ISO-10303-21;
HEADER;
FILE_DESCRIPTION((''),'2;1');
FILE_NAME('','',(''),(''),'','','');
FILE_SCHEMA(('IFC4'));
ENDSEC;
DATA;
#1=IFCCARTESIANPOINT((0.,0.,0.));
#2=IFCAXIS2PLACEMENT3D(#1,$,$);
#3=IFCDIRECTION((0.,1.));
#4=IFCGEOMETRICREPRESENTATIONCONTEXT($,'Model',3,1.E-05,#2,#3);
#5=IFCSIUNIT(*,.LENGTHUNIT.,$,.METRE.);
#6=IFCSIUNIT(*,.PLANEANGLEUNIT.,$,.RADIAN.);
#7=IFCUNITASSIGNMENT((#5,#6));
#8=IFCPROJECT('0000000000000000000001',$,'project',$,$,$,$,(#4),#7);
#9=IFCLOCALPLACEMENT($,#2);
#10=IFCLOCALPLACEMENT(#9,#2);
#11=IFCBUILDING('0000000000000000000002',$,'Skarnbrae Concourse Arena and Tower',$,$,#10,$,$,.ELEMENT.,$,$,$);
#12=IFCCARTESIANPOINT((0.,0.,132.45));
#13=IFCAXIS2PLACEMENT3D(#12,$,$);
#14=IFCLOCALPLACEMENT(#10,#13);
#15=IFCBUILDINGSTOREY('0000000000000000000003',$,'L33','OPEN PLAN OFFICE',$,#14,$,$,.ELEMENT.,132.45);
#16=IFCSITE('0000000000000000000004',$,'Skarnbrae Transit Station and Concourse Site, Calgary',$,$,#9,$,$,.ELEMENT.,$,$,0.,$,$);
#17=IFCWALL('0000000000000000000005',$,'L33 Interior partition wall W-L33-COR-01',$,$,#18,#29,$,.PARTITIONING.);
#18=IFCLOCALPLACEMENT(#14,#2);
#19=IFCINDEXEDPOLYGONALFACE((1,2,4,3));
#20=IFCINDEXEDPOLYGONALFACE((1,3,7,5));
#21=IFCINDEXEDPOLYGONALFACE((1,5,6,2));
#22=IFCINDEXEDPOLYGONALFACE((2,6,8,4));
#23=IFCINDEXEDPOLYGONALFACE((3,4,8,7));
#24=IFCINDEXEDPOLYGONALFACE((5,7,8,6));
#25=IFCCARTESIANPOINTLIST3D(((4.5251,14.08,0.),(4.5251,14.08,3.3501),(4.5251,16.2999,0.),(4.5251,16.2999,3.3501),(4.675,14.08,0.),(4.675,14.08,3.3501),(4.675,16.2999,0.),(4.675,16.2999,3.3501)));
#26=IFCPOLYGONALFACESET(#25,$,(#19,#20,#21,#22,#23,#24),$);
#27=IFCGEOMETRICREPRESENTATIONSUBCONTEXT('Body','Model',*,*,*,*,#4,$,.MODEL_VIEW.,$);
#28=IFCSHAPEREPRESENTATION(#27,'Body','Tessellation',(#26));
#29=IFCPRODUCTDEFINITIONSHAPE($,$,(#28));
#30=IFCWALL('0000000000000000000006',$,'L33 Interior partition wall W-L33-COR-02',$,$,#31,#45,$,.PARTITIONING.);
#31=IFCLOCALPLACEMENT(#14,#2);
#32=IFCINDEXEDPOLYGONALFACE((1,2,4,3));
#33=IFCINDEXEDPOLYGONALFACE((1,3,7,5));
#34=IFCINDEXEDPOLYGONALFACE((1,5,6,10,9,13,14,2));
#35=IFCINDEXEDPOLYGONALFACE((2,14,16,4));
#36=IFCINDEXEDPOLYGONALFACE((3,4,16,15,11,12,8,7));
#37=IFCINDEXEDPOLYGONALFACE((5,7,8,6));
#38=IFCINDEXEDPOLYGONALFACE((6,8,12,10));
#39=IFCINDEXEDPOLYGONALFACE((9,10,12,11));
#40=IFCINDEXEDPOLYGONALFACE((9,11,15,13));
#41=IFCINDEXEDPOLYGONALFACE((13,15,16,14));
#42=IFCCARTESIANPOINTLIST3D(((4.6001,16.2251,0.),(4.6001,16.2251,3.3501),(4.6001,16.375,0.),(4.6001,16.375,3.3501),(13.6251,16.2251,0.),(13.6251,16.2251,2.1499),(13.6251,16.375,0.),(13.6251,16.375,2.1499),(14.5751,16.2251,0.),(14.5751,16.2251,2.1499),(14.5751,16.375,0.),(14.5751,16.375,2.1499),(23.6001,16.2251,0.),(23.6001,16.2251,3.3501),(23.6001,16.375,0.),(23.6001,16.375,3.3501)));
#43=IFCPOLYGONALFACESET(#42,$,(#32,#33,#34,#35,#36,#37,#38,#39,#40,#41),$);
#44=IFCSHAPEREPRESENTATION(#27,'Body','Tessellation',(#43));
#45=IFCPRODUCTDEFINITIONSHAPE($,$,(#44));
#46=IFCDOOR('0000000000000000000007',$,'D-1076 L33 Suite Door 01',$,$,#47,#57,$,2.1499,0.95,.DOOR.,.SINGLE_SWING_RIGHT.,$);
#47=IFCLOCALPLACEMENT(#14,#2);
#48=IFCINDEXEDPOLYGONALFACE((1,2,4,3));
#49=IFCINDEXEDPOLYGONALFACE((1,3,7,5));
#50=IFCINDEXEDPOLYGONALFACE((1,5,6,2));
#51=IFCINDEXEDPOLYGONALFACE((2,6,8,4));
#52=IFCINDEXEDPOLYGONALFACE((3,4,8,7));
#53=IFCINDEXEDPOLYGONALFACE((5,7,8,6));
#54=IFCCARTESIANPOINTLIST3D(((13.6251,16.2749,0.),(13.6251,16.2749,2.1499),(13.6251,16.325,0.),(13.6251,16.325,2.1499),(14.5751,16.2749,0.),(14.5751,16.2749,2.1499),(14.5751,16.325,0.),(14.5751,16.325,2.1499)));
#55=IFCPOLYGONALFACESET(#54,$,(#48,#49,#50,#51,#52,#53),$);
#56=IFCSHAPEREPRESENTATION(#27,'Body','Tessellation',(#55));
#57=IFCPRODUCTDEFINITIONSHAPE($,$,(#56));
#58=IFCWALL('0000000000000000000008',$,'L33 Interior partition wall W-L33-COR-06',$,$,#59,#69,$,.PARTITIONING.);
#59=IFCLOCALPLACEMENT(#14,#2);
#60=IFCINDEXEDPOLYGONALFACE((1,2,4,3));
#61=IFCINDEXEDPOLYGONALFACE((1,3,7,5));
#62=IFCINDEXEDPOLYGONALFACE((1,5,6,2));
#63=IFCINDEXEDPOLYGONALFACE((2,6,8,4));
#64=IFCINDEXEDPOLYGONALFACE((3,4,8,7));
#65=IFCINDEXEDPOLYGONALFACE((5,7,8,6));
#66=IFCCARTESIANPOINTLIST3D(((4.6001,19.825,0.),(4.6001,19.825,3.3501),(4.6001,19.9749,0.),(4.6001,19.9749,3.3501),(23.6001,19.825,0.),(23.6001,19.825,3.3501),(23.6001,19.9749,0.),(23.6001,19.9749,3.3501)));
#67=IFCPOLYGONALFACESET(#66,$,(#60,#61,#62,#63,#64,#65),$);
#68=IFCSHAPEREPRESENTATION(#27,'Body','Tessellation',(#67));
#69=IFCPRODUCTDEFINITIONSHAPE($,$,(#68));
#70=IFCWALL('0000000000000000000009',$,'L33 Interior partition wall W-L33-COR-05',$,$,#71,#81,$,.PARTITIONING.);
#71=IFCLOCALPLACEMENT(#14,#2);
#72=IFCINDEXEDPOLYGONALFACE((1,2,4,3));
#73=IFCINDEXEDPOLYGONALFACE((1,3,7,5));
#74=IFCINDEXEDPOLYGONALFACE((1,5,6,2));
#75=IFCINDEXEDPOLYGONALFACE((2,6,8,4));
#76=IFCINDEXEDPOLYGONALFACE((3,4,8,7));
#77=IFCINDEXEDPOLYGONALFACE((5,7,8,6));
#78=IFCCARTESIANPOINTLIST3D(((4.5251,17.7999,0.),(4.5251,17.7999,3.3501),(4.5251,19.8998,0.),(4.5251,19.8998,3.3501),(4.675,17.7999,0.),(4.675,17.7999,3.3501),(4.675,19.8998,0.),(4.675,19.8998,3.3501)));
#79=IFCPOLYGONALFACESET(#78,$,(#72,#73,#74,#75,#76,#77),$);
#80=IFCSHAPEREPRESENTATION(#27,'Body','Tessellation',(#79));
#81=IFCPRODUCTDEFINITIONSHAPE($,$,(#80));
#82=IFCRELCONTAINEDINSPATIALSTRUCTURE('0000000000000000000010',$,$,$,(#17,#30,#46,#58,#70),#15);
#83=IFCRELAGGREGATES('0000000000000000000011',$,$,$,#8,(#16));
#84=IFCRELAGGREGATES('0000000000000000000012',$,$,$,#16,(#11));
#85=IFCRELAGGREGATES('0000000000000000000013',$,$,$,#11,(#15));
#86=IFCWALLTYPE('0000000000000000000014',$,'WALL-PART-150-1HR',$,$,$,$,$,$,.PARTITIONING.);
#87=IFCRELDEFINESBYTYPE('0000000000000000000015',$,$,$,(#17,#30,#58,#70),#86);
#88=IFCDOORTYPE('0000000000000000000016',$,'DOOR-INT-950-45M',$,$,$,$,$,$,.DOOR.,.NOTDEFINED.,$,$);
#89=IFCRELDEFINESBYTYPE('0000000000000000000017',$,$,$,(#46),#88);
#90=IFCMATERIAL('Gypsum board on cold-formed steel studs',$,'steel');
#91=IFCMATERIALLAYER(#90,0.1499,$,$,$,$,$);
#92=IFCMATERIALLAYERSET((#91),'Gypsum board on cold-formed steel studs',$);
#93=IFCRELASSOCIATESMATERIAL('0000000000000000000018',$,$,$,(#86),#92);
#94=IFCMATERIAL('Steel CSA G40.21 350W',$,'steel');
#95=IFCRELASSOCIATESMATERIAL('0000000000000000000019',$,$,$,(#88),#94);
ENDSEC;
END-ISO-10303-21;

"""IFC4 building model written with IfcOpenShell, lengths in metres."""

from ifc_helpers import new_model, si_unit, direction, frame, frame_2d, origin, place, context, subcontext, project, spatial, rectangle, extrude, source, transform, mapped, material, layer, layer_set, type_object, element, fill, save


model = new_model("IFC4")

# Units and contexts
model_context = context("Model", 3, precision=1e-05, world=origin(), true_north=direction((0.0, 1.0)))
body_context = subcontext(model_context, "Body", "Model", "MODEL_VIEW")
ifc_project = project(units=[si_unit("LENGTHUNIT", "METRE"), si_unit("PLANEANGLEUNIT", "RADIAN")], contexts=[model_context])

# Site, building, storey
site_placement = place(None, origin())
site = spatial("IfcSite", under=ifc_project, at=site_placement, Name="Skarnbrae Transit Station and Concourse Site, Calgary", CompositionType="ELEMENT", RefElevation=0.0)
building_placement = place(site_placement, origin())
building = spatial("IfcBuilding", under=site, at=building_placement, Name="Skarnbrae Concourse Arena and Tower", CompositionType="ELEMENT")
storey_placement = place(building_placement, frame((0.0, 0.0, 132.45)))
storey = spatial("IfcBuildingStorey", under=building, at=storey_placement, Name="L33", Description="OPEN PLAN OFFICE", CompositionType="ELEMENT", Elevation=132.45)

# Shared definitions
ifc_material_1 = material(Name="Steel CSA G40.21 350W", Category="steel")

# Wall
ifc_material_2 = material(Name="Gypsum board on cold-formed steel studs", Category="steel")
ifc_layer_1 = layer(ifc_material_2, 0.1499)
ifc_layer_set_1 = layer_set([ifc_layer_1], Name="Gypsum board on cold-formed steel studs")
wall_type_1 = type_object("IfcWallType", Name="WALL-PART-150-1HR", PredefinedType="PARTITIONING", material=ifc_layer_set_1)
shared_shape_1 = source(origin(), body_context, "Body", "SweptSolid", [
    extrude(rectangle(XDim=2.22, YDim=0.1499, at=frame_2d((1.1099, 0.0))), origin(), (0.0, 0.0, 1.0), 3.3501),
])
wall_1_placement = place(storey_placement, frame((4.6001, 14.0801, 0.0), z_axis=(0.0, 0.0, 1.0), x_axis=(0.0, 1.0, 0.0)))
element("IfcWall", 1, at=wall_1_placement, inside=storey, type_object=wall_type_1, Name="L33 Interior partition wall W-L33-COR-01", PredefinedType="PARTITIONING", context=body_context, shape_type="MappedRepresentation", body=[
    mapped(shared_shape_1, transform((0.0, 0.0, 0.0))),
])

# Wall, opening, door
shared_shape_2 = source(origin(), body_context, "Body", "SweptSolid", [
    extrude(rectangle(XDim=19.0, YDim=0.1499, at=frame_2d((9.5, 0.0))), origin(), (0.0, 0.0, 1.0), 3.3501),
])
wall_2_placement = place(storey_placement, frame((4.6001, 16.3, 0.0), z_axis=(0.0, 0.0, 1.0), x_axis=(1.0, 0.0, 0.0)))
wall_2 = element("IfcWall", 2, at=wall_2_placement, inside=storey, type_object=wall_type_1, Name="L33 Interior partition wall W-L33-COR-02", PredefinedType="PARTITIONING", context=body_context, shape_type="MappedRepresentation", body=[
    mapped(shared_shape_2, transform((0.0, 0.0, 0.0))),
])
opening_1_placement = place(wall_2_placement, frame((9.0249, 0.0, 0.0)))
opening_1 = element("IfcOpeningElement", 3, at=opening_1_placement, cuts=wall_2, PredefinedType="OPENING", context=body_context, shape_type="SweptSolid", body=[
    extrude(rectangle(XDim=0.95, YDim=2.1499, at=frame_2d((0.4751, 1.075))), frame((0.0, 0.085, 0.0), z_axis=(0.0, -1.0, 0.0), x_axis=(1.0, 0.0, 0.0)), (0.0, 0.0, 1.0), 0.1699),
])
door_type_1 = type_object("IfcDoorType", Name="DOOR-INT-950-45M", OperationType="NOTDEFINED", PredefinedType="DOOR", material=ifc_material_1)
shared_shape_3 = source(origin(), body_context, "Body", "SweptSolid", [
    extrude(rectangle(XDim=0.95, YDim=2.1499, at=frame_2d((0.4751, 1.075))), frame((0.0, 0.0249, 0.0), z_axis=(0.0, -1.0, 0.0), x_axis=(1.0, 0.0, 0.0)), (0.0, 0.0, 1.0), 0.05),
])
door_1_placement = place(opening_1_placement, origin())
door_1 = element("IfcDoor", 4, at=door_1_placement, inside=storey, type_object=door_type_1, Name="D-1076 L33 Suite Door 01", OperationType="SINGLE_SWING_RIGHT", OverallHeight=2.1499, OverallWidth=0.95, PredefinedType="DOOR", context=body_context, shape_type="MappedRepresentation", body=[
    mapped(shared_shape_3, transform((0.0, 0.0, 0.0))),
])
fill(opening_1, door_1)

# Walls
wall_3_placement = place(storey_placement, frame((4.6001, 19.8999, 0.0), z_axis=(0.0, 0.0, 1.0), x_axis=(1.0, 0.0, 0.0)))
element("IfcWall", 5, at=wall_3_placement, inside=storey, type_object=wall_type_1, Name="L33 Interior partition wall W-L33-COR-06", PredefinedType="PARTITIONING", context=body_context, shape_type="MappedRepresentation", body=[
    mapped(shared_shape_2, transform((0.0, 0.0, 0.0))),
])
shared_shape_4 = source(origin(), body_context, "Body", "SweptSolid", [
    extrude(rectangle(XDim=2.0999, YDim=0.1499, at=frame_2d((1.0498, 0.0))), origin(), (0.0, 0.0, 1.0), 3.3501),
])
wall_4_placement = place(storey_placement, frame((4.6001, 17.8, 0.0), z_axis=(0.0, 0.0, 1.0), x_axis=(0.0, 1.0, 0.0)))
element("IfcWall", 6, at=wall_4_placement, inside=storey, type_object=wall_type_1, Name="L33 Interior partition wall W-L33-COR-05", PredefinedType="PARTITIONING", context=body_context, shape_type="MappedRepresentation", body=[
    mapped(shared_shape_4, transform((0.0, 0.0, 0.0))),
])

save(model, "model.ifc")
